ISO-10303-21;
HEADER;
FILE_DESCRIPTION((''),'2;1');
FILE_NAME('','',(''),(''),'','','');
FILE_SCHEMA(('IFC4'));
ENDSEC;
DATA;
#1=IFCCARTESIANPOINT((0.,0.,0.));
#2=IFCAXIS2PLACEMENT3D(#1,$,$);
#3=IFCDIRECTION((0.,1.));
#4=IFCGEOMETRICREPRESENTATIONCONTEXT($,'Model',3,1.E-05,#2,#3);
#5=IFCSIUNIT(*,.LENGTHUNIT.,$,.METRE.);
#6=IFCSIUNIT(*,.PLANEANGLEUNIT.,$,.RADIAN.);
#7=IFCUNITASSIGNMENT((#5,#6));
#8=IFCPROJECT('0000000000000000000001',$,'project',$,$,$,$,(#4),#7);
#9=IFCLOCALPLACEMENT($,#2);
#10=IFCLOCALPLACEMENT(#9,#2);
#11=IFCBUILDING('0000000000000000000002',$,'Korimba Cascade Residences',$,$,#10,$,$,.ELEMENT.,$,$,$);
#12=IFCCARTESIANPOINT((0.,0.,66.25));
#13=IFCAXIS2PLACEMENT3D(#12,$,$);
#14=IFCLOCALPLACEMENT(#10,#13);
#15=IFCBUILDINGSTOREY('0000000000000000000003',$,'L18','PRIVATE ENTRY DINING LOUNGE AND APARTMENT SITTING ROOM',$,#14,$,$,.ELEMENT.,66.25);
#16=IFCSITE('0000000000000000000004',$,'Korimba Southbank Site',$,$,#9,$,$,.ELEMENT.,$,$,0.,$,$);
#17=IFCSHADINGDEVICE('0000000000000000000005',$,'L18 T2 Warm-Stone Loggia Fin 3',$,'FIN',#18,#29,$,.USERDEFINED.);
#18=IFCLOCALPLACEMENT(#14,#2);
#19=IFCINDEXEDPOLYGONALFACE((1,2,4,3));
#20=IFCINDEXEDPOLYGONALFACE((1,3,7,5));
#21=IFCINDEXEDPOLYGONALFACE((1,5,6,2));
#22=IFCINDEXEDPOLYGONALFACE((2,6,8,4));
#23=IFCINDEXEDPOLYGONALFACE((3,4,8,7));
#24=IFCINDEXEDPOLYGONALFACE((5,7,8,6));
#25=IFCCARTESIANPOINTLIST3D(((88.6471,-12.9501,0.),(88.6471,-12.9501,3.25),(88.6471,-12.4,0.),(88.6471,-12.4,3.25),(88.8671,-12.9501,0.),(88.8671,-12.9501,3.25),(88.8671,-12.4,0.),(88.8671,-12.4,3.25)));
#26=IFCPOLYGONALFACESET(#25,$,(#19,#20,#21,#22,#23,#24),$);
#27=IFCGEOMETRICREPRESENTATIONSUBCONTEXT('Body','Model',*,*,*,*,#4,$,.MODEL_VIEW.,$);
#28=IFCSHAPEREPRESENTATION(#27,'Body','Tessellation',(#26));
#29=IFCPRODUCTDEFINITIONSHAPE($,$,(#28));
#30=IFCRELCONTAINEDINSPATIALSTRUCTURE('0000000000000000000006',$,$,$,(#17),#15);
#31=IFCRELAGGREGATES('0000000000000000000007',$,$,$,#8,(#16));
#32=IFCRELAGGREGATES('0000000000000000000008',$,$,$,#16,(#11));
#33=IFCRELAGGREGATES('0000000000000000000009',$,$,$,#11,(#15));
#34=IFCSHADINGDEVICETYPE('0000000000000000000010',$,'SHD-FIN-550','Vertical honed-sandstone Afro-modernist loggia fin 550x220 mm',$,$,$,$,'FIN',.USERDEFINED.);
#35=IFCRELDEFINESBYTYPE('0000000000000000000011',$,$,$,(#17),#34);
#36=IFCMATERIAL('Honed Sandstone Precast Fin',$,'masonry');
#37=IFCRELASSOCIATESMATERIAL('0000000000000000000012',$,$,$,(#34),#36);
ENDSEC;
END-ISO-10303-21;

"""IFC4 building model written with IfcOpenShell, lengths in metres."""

from ifc_helpers import new_model, si_unit, direction, frame, origin, origin_2d, place, context, subcontext, project, spatial, rectangle, extrude, material, type_object, element, save


model = new_model("IFC4")

# Units and contexts
model_context = context("Model", 3, precision=1e-05, world=origin(), true_north=direction((0.0, 1.0)))
body_context = subcontext(model_context, "Body", "Model", "MODEL_VIEW")
ifc_project = project(units=[si_unit("LENGTHUNIT", "METRE"), si_unit("PLANEANGLEUNIT", "RADIAN")], contexts=[model_context])

# Site, building, storey
site_placement = place(None, origin())
site = spatial("IfcSite", under=ifc_project, at=site_placement, Name="Korimba Southbank Site", CompositionType="ELEMENT", RefElevation=0.0)
building_placement = place(site_placement, origin())
building = spatial("IfcBuilding", under=site, at=building_placement, Name="Korimba Cascade Residences", CompositionType="ELEMENT")
storey_placement = place(building_placement, frame((0.0, 0.0, 66.25)))
storey = spatial("IfcBuildingStorey", under=building, at=storey_placement, Name="L18", Description="PRIVATE ENTRY DINING LOUNGE AND APARTMENT SITTING ROOM", CompositionType="ELEMENT", Elevation=66.25)

# Shading device
ifc_material_1 = material(Name="Honed Sandstone Precast Fin", Category="masonry")
shading_device_type = type_object("IfcShadingDeviceType", Name="SHD-FIN-550", Description="Vertical honed-sandstone Afro-modernist loggia fin 550x220 mm", ElementType="FIN", PredefinedType="USERDEFINED", material=ifc_material_1)
shading_device_placement = place(storey_placement, frame((88.7571, -12.675, 0.0), z_axis=(0.0, 0.0, 1.0), x_axis=(1.0, 0.0, 0.0)))
element("IfcShadingDevice", 1, at=shading_device_placement, inside=storey, type_object=shading_device_type, Name="L18 T2 Warm-Stone Loggia Fin 3", ObjectType="FIN", PredefinedType="USERDEFINED", context=body_context, shape_type="SweptSolid", body=[
    extrude(rectangle(XDim=0.22, YDim=0.55, at=origin_2d()), origin(), (0.0, 0.0, 1.0), 3.25),
])

save(model, "model.ifc")
